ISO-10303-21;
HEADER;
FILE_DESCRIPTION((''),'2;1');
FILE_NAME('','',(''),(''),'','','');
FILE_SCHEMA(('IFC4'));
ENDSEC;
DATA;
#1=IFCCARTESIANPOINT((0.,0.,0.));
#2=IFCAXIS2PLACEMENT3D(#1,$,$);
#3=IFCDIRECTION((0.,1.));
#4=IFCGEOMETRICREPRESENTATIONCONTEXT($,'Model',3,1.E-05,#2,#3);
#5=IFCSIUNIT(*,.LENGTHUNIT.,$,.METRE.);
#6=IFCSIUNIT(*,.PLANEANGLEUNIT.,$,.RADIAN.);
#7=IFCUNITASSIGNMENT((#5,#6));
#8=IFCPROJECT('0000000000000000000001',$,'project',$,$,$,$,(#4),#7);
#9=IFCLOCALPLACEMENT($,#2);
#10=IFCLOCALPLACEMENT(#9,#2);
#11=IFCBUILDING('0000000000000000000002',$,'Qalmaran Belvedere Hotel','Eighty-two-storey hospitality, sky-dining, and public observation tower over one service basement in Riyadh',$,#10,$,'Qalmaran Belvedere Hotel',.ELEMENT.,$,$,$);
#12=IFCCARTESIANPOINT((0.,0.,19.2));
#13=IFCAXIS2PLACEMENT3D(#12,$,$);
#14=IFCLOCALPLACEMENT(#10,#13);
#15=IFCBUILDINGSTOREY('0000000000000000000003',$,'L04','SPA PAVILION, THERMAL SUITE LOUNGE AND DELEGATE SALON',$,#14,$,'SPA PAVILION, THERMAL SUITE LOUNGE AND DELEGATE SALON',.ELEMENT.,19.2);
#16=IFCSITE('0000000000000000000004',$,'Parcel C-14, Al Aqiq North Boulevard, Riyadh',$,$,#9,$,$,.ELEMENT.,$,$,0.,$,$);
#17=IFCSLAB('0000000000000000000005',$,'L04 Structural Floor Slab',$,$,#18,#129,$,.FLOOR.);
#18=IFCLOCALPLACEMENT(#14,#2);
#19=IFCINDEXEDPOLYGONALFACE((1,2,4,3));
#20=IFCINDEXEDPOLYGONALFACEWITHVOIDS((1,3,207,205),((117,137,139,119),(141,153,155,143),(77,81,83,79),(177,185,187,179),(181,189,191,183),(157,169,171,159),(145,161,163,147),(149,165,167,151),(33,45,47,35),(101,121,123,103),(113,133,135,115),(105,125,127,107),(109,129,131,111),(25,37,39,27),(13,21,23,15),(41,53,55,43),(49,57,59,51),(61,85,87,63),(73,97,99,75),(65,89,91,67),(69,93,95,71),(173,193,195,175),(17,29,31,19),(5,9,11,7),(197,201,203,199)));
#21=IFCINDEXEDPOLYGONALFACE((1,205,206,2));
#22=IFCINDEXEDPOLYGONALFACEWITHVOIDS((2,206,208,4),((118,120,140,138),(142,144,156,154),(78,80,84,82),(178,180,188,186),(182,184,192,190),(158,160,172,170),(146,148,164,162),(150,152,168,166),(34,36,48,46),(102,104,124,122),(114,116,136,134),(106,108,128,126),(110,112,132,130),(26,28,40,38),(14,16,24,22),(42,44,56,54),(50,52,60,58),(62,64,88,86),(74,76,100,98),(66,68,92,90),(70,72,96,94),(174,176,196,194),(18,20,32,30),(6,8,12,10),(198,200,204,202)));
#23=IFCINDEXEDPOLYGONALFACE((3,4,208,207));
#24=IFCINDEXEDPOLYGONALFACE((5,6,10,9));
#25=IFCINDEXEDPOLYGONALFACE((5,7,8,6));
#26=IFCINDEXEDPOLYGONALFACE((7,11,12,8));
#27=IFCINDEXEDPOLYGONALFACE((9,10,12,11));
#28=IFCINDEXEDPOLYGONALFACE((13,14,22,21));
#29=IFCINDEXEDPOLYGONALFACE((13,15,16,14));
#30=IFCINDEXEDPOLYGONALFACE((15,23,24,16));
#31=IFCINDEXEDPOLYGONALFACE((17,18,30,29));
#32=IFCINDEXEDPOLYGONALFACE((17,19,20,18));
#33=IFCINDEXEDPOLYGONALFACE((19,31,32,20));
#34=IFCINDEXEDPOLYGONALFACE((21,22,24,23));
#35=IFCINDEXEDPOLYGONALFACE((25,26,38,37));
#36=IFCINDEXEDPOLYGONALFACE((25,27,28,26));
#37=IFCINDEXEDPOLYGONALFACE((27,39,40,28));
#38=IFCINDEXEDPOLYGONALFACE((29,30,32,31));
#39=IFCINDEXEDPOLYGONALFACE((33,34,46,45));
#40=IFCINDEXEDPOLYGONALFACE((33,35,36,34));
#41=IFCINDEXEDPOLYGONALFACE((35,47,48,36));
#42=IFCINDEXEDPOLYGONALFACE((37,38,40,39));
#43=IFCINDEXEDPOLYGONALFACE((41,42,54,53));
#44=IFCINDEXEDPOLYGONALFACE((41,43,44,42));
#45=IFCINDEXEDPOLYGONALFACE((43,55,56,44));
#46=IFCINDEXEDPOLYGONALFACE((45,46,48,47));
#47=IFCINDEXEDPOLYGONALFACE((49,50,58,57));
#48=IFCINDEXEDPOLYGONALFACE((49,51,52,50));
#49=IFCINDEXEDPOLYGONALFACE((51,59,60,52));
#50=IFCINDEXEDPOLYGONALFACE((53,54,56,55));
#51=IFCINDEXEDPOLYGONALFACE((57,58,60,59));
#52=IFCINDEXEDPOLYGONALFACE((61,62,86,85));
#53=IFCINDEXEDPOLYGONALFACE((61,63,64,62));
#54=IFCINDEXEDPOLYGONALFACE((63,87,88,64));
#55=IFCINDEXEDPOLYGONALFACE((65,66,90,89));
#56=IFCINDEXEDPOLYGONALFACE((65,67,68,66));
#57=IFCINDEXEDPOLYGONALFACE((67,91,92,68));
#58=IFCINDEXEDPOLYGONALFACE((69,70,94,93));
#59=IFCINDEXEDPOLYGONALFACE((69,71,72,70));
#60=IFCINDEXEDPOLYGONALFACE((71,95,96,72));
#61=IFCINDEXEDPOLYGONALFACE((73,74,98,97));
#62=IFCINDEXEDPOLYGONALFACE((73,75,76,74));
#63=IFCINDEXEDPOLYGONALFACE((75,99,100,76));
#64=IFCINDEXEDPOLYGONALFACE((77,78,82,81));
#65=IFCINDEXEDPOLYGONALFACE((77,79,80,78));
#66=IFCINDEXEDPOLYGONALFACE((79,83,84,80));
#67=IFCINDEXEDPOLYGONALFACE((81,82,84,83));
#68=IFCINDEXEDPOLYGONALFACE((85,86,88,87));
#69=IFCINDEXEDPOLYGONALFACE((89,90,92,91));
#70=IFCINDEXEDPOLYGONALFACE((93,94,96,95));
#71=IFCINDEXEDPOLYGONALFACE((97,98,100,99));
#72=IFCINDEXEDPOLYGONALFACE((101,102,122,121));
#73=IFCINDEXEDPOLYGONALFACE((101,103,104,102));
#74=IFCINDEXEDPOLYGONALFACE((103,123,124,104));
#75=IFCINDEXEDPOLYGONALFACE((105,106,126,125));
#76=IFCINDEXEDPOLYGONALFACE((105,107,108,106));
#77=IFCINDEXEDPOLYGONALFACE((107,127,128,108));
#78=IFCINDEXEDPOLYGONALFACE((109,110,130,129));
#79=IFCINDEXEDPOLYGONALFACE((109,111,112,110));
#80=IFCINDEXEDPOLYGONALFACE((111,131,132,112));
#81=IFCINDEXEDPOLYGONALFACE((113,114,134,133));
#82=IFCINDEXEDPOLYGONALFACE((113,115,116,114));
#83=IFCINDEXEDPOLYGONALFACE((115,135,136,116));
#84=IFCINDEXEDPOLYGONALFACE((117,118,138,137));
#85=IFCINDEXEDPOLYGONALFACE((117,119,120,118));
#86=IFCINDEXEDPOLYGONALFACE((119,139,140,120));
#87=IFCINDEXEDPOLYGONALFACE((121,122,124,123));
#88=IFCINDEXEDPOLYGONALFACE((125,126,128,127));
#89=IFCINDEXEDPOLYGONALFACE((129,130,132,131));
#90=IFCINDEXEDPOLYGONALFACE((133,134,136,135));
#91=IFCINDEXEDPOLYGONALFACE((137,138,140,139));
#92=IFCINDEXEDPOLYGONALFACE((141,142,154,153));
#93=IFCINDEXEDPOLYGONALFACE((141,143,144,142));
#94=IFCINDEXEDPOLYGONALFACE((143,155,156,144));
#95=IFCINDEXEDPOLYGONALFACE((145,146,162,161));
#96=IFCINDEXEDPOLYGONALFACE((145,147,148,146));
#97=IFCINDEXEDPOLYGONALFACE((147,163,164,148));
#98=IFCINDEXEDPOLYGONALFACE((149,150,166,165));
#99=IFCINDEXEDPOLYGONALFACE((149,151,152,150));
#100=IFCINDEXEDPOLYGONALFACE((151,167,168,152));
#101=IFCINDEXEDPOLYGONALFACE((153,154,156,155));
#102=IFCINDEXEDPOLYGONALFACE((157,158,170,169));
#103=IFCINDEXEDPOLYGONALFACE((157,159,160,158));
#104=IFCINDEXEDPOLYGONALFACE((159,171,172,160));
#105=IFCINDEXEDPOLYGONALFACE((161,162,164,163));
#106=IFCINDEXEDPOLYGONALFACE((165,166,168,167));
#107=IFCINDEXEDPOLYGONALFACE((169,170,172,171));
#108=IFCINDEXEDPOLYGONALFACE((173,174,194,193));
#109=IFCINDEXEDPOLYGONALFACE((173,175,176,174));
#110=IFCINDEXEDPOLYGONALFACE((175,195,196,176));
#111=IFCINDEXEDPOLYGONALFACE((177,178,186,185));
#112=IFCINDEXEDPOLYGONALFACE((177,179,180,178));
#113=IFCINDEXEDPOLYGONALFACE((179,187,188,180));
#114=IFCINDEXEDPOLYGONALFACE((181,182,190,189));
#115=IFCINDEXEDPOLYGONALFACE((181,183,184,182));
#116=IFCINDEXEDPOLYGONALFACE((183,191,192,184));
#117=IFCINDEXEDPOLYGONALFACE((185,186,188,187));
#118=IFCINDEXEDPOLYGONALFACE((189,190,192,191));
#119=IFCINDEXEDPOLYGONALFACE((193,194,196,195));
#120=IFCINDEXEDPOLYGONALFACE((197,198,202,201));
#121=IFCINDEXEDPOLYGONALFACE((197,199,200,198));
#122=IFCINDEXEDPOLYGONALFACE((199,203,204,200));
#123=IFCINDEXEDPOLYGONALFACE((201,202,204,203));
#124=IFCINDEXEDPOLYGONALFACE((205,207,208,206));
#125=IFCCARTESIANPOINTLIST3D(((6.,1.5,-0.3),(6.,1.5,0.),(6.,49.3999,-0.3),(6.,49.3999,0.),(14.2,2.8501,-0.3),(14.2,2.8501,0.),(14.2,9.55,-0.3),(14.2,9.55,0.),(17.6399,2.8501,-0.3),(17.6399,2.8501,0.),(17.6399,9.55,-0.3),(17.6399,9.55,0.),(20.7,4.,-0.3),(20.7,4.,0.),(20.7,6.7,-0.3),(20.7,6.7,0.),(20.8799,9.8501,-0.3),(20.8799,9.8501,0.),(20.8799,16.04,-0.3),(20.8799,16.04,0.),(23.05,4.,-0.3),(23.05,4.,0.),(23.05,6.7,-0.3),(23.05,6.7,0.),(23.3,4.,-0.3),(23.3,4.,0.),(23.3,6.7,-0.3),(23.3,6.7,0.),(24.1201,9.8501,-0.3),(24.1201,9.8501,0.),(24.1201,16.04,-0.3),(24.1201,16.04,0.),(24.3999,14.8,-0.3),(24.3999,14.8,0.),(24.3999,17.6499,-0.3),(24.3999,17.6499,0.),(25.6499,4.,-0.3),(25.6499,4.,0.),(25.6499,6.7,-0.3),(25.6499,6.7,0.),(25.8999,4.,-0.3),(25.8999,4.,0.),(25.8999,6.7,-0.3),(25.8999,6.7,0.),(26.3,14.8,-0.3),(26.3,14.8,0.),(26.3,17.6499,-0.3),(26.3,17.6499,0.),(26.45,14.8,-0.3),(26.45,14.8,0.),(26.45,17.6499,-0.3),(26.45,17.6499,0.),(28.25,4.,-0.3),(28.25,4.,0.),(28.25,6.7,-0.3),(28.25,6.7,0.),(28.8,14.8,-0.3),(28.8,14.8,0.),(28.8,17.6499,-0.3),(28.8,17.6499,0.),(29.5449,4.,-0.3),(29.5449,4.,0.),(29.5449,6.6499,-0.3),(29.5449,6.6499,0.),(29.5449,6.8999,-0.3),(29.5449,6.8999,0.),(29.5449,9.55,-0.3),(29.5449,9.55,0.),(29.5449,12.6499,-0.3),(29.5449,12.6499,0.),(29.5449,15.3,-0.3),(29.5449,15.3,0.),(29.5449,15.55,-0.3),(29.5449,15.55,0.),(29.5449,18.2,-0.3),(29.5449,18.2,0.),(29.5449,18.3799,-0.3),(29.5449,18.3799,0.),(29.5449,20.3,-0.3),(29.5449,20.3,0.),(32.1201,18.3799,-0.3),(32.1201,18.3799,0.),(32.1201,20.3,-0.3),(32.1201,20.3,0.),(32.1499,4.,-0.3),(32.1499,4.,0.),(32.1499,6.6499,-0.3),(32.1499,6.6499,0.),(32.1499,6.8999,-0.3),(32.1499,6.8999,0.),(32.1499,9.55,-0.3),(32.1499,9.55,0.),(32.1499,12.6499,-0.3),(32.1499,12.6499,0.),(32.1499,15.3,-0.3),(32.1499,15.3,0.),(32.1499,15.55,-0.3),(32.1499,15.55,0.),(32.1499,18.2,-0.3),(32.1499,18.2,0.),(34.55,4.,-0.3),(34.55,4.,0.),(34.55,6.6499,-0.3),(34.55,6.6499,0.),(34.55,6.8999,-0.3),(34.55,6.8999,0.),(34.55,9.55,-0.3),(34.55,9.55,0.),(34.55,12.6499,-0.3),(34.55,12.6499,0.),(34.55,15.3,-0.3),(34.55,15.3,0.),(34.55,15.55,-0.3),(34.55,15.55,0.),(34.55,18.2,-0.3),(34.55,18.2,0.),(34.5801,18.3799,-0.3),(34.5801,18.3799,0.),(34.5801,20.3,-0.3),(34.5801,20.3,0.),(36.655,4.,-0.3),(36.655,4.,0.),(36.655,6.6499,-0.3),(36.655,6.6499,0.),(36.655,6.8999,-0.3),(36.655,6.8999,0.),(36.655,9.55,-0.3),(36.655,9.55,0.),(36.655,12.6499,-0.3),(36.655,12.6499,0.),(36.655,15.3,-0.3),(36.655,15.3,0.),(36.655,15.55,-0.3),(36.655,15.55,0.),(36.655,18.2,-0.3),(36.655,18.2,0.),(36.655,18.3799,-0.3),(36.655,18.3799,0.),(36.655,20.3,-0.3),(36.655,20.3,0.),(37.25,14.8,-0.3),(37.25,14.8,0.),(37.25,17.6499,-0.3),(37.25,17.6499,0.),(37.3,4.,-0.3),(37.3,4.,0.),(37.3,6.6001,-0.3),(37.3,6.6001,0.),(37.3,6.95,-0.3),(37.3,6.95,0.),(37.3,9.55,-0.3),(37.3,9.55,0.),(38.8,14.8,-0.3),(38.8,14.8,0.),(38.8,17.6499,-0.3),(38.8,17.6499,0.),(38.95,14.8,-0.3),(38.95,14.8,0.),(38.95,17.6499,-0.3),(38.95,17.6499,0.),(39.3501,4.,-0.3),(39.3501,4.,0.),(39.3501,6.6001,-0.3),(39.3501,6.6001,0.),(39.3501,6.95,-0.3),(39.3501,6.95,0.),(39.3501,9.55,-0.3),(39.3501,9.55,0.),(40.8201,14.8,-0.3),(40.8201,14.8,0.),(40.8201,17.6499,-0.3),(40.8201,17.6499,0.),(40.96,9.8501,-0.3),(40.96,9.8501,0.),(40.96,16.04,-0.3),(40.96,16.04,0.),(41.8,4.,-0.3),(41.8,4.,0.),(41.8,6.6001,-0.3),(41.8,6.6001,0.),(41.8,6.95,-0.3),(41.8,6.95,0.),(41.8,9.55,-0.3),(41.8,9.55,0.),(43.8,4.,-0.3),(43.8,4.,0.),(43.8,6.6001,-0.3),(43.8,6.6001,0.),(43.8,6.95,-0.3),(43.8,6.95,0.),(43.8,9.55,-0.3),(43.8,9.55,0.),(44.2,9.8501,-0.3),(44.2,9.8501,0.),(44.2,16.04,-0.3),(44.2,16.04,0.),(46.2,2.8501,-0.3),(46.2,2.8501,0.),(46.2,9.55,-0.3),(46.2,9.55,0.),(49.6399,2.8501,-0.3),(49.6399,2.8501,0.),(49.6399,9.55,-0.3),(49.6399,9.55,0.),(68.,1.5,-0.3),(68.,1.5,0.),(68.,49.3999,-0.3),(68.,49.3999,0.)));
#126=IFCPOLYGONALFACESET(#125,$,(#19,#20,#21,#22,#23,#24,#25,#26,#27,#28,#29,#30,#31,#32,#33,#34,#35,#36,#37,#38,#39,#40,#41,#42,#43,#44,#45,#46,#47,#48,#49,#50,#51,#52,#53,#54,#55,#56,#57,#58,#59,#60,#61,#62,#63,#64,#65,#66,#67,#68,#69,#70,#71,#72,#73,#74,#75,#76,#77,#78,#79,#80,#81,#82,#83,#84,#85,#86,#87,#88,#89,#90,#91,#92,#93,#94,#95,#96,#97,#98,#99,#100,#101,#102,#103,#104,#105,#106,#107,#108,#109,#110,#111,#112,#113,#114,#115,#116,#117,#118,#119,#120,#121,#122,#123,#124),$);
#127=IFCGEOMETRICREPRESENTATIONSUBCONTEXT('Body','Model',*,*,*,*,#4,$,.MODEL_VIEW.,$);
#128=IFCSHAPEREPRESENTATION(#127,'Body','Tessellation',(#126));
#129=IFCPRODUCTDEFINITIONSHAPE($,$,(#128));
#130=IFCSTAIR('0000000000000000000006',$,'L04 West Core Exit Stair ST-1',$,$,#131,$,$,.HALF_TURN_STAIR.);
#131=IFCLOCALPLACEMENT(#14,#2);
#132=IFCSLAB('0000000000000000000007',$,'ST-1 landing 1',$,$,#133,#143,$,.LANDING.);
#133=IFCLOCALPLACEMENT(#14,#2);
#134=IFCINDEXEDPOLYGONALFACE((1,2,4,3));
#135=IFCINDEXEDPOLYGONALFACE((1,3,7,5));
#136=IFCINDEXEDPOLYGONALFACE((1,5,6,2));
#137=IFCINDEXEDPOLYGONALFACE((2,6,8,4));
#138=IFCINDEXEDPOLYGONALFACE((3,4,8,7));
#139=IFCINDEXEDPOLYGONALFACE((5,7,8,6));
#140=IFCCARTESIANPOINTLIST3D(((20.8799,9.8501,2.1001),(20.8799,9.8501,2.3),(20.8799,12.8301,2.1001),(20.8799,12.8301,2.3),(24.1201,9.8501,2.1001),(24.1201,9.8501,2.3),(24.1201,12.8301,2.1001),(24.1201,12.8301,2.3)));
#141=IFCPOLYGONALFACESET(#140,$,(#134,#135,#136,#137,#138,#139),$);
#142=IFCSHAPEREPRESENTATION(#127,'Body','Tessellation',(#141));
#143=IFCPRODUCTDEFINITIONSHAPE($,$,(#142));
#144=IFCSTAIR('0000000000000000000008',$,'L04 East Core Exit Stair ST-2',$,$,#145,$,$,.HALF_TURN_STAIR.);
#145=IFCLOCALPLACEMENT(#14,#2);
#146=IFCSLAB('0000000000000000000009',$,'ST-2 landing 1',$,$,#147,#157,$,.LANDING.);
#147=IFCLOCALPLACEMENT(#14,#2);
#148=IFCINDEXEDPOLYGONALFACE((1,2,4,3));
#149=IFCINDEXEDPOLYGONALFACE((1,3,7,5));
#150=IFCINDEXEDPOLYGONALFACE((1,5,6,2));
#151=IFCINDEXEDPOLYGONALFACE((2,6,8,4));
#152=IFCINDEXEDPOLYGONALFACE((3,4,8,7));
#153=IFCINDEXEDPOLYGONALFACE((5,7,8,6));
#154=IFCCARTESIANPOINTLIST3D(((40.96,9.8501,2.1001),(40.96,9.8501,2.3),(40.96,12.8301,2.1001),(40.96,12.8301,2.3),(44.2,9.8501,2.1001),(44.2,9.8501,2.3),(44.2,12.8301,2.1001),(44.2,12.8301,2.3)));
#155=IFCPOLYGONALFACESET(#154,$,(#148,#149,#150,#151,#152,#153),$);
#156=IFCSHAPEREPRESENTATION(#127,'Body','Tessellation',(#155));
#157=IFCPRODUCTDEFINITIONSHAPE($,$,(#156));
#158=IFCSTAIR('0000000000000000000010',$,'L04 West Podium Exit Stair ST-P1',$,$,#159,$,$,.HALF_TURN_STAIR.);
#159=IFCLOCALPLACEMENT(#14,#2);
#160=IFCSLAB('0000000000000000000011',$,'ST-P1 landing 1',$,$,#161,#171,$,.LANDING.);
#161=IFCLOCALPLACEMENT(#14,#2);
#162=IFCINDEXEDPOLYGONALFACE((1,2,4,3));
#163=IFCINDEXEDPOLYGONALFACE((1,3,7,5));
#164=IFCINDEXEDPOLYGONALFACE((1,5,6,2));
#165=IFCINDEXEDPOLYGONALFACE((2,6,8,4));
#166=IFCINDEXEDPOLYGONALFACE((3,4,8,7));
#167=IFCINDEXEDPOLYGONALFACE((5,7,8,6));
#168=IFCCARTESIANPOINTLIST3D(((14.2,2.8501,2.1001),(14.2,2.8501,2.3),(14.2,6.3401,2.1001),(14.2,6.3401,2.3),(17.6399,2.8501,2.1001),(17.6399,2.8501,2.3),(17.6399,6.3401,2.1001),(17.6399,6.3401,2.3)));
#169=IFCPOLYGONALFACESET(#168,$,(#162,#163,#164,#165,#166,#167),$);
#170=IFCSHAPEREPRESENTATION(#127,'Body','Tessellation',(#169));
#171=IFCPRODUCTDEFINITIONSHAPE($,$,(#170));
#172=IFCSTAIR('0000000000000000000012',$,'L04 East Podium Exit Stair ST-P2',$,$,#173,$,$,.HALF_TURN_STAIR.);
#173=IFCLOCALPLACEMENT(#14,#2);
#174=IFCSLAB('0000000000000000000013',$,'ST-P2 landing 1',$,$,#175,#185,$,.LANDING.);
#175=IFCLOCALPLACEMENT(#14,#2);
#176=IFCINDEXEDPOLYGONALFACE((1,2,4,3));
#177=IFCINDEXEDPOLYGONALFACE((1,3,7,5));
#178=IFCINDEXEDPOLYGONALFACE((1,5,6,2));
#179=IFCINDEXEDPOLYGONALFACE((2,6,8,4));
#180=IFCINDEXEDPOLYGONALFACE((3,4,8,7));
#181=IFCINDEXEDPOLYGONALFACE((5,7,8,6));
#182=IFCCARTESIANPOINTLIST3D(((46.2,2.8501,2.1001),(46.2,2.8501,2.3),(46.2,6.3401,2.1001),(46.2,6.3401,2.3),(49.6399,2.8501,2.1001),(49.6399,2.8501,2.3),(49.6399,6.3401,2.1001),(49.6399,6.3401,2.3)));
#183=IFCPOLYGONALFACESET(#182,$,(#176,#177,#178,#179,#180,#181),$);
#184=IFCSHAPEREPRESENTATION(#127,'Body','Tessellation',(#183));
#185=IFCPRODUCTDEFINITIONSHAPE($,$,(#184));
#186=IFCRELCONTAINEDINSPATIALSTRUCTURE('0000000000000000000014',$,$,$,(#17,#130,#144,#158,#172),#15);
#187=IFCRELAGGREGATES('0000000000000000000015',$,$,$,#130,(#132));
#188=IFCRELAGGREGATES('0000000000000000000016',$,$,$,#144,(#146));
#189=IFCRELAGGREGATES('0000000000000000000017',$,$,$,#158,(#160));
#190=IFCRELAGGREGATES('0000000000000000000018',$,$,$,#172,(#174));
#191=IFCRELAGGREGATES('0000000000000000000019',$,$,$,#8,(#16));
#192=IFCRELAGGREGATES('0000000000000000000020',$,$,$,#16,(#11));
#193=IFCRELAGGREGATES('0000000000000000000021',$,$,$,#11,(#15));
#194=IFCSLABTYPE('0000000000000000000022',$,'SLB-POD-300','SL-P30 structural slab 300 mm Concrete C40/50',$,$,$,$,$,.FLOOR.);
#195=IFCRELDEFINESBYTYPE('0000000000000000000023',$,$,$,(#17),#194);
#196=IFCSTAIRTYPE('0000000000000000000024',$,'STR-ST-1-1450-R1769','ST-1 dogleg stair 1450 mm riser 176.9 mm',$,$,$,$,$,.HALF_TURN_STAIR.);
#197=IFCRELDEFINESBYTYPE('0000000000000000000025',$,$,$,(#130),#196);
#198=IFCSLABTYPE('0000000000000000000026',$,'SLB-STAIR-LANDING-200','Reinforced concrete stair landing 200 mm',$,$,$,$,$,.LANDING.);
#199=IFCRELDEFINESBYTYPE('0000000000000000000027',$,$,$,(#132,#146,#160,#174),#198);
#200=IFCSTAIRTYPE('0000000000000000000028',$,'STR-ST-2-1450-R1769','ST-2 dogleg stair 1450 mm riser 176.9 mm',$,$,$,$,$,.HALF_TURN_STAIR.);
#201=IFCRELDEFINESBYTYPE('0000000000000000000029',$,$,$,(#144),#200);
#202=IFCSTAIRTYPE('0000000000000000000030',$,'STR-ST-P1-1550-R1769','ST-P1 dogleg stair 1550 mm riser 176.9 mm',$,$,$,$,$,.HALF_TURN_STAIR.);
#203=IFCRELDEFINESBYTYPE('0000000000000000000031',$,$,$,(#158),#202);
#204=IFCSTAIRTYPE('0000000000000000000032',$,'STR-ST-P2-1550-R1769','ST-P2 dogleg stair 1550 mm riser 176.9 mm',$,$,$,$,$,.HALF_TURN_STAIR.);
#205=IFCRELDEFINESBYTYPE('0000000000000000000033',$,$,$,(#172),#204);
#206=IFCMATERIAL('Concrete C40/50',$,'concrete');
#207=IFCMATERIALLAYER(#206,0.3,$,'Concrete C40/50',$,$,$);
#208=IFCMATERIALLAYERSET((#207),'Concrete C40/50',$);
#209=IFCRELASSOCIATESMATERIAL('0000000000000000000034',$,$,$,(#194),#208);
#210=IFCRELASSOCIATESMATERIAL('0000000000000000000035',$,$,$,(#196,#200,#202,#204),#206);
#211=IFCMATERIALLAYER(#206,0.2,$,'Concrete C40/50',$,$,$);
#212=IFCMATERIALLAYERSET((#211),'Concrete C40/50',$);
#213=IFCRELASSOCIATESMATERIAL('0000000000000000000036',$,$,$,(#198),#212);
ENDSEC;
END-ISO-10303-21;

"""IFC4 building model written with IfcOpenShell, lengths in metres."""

from ifc_helpers import new_model, si_unit, direction, frame, origin, place, context, subcontext, project, spatial, polyline, outline, extrude, material, layer, layer_set, type_object, element, aggregate, save


model = new_model("IFC4")

# Units and contexts
model_context = context("Model", 3, precision=1e-05, world=origin(), true_north=direction((0.0, 1.0)))
body_context = subcontext(model_context, "Body", "Model", "MODEL_VIEW")
ifc_project = project(units=[si_unit("LENGTHUNIT", "METRE"), si_unit("PLANEANGLEUNIT", "RADIAN")], contexts=[model_context])

# Site, building, storey
site_placement = place(None, origin())
site = spatial("IfcSite", under=ifc_project, at=site_placement, Name="Parcel C-14, Al Aqiq North Boulevard, Riyadh", CompositionType="ELEMENT", RefElevation=0.0)
building_placement = place(site_placement, origin())
building = spatial("IfcBuilding", under=site, at=building_placement, Name="Qalmaran Belvedere Hotel", Description="Eighty-two-storey hospitality, sky-dining, and public observation tower over one service basement in Riyadh", LongName="Qalmaran Belvedere Hotel", CompositionType="ELEMENT")
storey_placement = place(building_placement, frame((0.0, 0.0, 19.2)))
storey = spatial("IfcBuildingStorey", under=building, at=storey_placement, Name="L04", Description="SPA PAVILION, THERMAL SUITE LOUNGE AND DELEGATE SALON", LongName="SPA PAVILION, THERMAL SUITE LOUNGE AND DELEGATE SALON", CompositionType="ELEMENT", Elevation=19.2)

# Slab
ifc_material_1 = material(Name="Concrete C40/50", Category="concrete")
ifc_layer_1 = layer(ifc_material_1, 0.3, Name="Concrete C40/50")
ifc_layer_set_1 = layer_set([ifc_layer_1], Name="Concrete C40/50")
slab_type_1 = type_object("IfcSlabType", Name="SLB-POD-300", Description="SL-P30 structural slab 300 mm Concrete C40/50", PredefinedType="FLOOR", material=ifc_layer_set_1)
slab_1_placement = place(storey_placement, frame((0.0, 0.0, -0.3)))
element("IfcSlab", 1, at=slab_1_placement, inside=storey, type_object=slab_type_1, Name="L04 Structural Floor Slab", PredefinedType="FLOOR", context=body_context, shape_type="SweptSolid", body=[
    extrude(outline(polyline([(6.0, 1.5), (68.0, 1.5), (68.0, 49.3999), (6.0, 49.3999), (6.0, 1.5)]), holes=[polyline([(20.8799, 9.8501), (24.1201, 9.8501), (24.1201, 16.04), (20.8799, 16.04), (20.8799, 9.8501)]), polyline([(40.96, 9.8501), (44.2, 9.8501), (44.2, 16.04), (40.96, 16.04), (40.96, 9.8501)]), polyline([(14.2, 2.8501), (17.6399, 2.8501), (17.6399, 9.55), (14.2, 9.55), (14.2, 2.8501)]), polyline([(46.2, 2.8501), (49.6399, 2.8501), (49.6399, 9.55), (46.2, 9.55), (46.2, 2.8501)]), polyline([(29.5449, 4.0), (32.1499, 4.0), (32.1499, 6.6499), (29.5449, 6.6499), (29.5449, 4.0)]), polyline([(29.5449, 6.8999), (32.1499, 6.8999), (32.1499, 9.55), (29.5449, 9.55), (29.5449, 6.8999)]), polyline([(34.55, 4.0), (36.655, 4.0), (36.655, 6.6499), (34.55, 6.6499), (34.55, 4.0)]), polyline([(34.55, 6.8999), (36.655, 6.8999), (36.655, 9.55), (34.55, 9.55), (34.55, 6.8999)]), polyline([(29.5449, 12.6499), (32.1499, 12.6499), (32.1499, 15.3), (29.5449, 15.3), (29.5449, 12.6499)]), polyline([(29.5449, 15.55), (32.1499, 15.55), (32.1499, 18.2), (29.5449, 18.2), (29.5449, 15.55)]), polyline([(34.55, 12.6499), (36.655, 12.6499), (36.655, 15.3), (34.55, 15.3), (34.55, 12.6499)]), polyline([(34.55, 15.55), (36.655, 15.55), (36.655, 18.2), (34.55, 18.2), (34.55, 15.55)]), polyline([(37.3, 4.0), (39.3501, 4.0), (39.3501, 6.6001), (37.3, 6.6001), (37.3, 4.0)]), polyline([(37.3, 6.95), (39.3501, 6.95), (39.3501, 9.55), (37.3, 9.55), (37.3, 6.95)]), polyline([(41.8, 4.0), (43.8, 4.0), (43.8, 6.6001), (41.8, 6.6001), (41.8, 4.0)]), polyline([(41.8, 6.95), (43.8, 6.95), (43.8, 9.55), (41.8, 9.55), (41.8, 6.95)]), polyline([(20.7, 4.0), (23.05, 4.0), (23.05, 6.7), (20.7, 6.7), (20.7, 4.0)]), polyline([(23.3, 4.0), (25.6499, 4.0), (25.6499, 6.7), (23.3, 6.7), (23.3, 4.0)]), polyline([(25.8999, 4.0), (28.25, 4.0), (28.25, 6.7), (25.8999, 6.7), (25.8999, 4.0)]), polyline([(24.3999, 14.8), (26.3, 14.8), (26.3, 17.6499), (24.3999, 17.6499), (24.3999, 14.8)]), polyline([(38.95, 14.8), (40.8201, 14.8), (40.8201, 17.6499), (38.95, 17.6499), (38.95, 14.8)]), polyline([(26.45, 14.8), (28.8, 14.8), (28.8, 17.6499), (26.45, 17.6499), (26.45, 14.8)]), polyline([(37.25, 14.8), (38.8, 14.8), (38.8, 17.6499), (37.25, 17.6499), (37.25, 14.8)]), polyline([(29.5449, 18.3799), (32.1201, 18.3799), (32.1201, 20.3), (29.5449, 20.3), (29.5449, 18.3799)]), polyline([(34.5801, 18.3799), (36.655, 18.3799), (36.655, 20.3), (34.5801, 20.3), (34.5801, 18.3799)])]), origin(), (0.0, 0.0, 1.0), 0.3),
])

# Stairs, slabs
stair_type_1 = type_object("IfcStairType", Name="STR-ST-1-1450-R1769", Description="ST-1 dogleg stair 1450 mm riser 176.9 mm", PredefinedType="HALF_TURN_STAIR", material=ifc_material_1)
stair_1_placement = place(storey_placement, origin())
stair_1 = element("IfcStair", 2, at=stair_1_placement, inside=storey, type_object=stair_type_1, Name="L04 West Core Exit Stair ST-1", PredefinedType="HALF_TURN_STAIR")
ifc_layer_2 = layer(ifc_material_1, 0.2, Name="Concrete C40/50")
ifc_layer_set_2 = layer_set([ifc_layer_2], Name="Concrete C40/50")
slab_type_2 = type_object("IfcSlabType", Name="SLB-STAIR-LANDING-200", Description="Reinforced concrete stair landing 200 mm", PredefinedType="LANDING", material=ifc_layer_set_2)
slab_2_placement = place(storey_placement, frame((0.0, 0.0, 2.1001)))
slab_2 = element("IfcSlab", 3, at=slab_2_placement, type_object=slab_type_2, Name="ST-1 landing 1", PredefinedType="LANDING", context=body_context, shape_type="SweptSolid", body=[
    extrude(outline(polyline([(20.8799, 12.8301), (20.8799, 9.8501), (24.1201, 9.8501), (24.1201, 12.8301), (20.8799, 12.8301)])), origin(), (0.0, 0.0, 1.0), 0.2),
])
aggregate(stair_1, [slab_2])
stair_type_2 = type_object("IfcStairType", Name="STR-ST-2-1450-R1769", Description="ST-2 dogleg stair 1450 mm riser 176.9 mm", PredefinedType="HALF_TURN_STAIR", material=ifc_material_1)
stair_2_placement = place(storey_placement, origin())
stair_2 = element("IfcStair", 4, at=stair_2_placement, inside=storey, type_object=stair_type_2, Name="L04 East Core Exit Stair ST-2", PredefinedType="HALF_TURN_STAIR")
slab_3_placement = place(storey_placement, frame((0.0, 0.0, 2.1001)))
slab_3 = element("IfcSlab", 5, at=slab_3_placement, type_object=slab_type_2, Name="ST-2 landing 1", PredefinedType="LANDING", context=body_context, shape_type="SweptSolid", body=[
    extrude(outline(polyline([(40.96, 12.8301), (40.96, 9.8501), (44.2, 9.8501), (44.2, 12.8301), (40.96, 12.8301)])), origin(), (0.0, 0.0, 1.0), 0.2),
])
aggregate(stair_2, [slab_3])
stair_type_3 = type_object("IfcStairType", Name="STR-ST-P1-1550-R1769", Description="ST-P1 dogleg stair 1550 mm riser 176.9 mm", PredefinedType="HALF_TURN_STAIR", material=ifc_material_1)
stair_3_placement = place(storey_placement, origin())
stair_3 = element("IfcStair", 6, at=stair_3_placement, inside=storey, type_object=stair_type_3, Name="L04 West Podium Exit Stair ST-P1", PredefinedType="HALF_TURN_STAIR")
slab_4_placement = place(storey_placement, frame((0.0, 0.0, 2.1001)))
slab_4 = element("IfcSlab", 7, at=slab_4_placement, type_object=slab_type_2, Name="ST-P1 landing 1", PredefinedType="LANDING", context=body_context, shape_type="SweptSolid", body=[
    extrude(outline(polyline([(14.2, 6.3401), (14.2, 2.8501), (17.6399, 2.8501), (17.6399, 6.3401), (14.2, 6.3401)])), origin(), (0.0, 0.0, 1.0), 0.2),
])
aggregate(stair_3, [slab_4])
stair_type_4 = type_object("IfcStairType", Name="STR-ST-P2-1550-R1769", Description="ST-P2 dogleg stair 1550 mm riser 176.9 mm", PredefinedType="HALF_TURN_STAIR", material=ifc_material_1)
stair_4_placement = place(storey_placement, origin())
stair_4 = element("IfcStair", 8, at=stair_4_placement, inside=storey, type_object=stair_type_4, Name="L04 East Podium Exit Stair ST-P2", PredefinedType="HALF_TURN_STAIR")
slab_5_placement = place(storey_placement, frame((0.0, 0.0, 2.1001)))
slab_5 = element("IfcSlab", 9, at=slab_5_placement, type_object=slab_type_2, Name="ST-P2 landing 1", PredefinedType="LANDING", context=body_context, shape_type="SweptSolid", body=[
    extrude(outline(polyline([(46.2, 6.3401), (46.2, 2.8501), (49.6399, 2.8501), (49.6399, 6.3401), (46.2, 6.3401)])), origin(), (0.0, 0.0, 1.0), 0.2),
])
aggregate(stair_4, [slab_5])

save(model, "model.ifc")
